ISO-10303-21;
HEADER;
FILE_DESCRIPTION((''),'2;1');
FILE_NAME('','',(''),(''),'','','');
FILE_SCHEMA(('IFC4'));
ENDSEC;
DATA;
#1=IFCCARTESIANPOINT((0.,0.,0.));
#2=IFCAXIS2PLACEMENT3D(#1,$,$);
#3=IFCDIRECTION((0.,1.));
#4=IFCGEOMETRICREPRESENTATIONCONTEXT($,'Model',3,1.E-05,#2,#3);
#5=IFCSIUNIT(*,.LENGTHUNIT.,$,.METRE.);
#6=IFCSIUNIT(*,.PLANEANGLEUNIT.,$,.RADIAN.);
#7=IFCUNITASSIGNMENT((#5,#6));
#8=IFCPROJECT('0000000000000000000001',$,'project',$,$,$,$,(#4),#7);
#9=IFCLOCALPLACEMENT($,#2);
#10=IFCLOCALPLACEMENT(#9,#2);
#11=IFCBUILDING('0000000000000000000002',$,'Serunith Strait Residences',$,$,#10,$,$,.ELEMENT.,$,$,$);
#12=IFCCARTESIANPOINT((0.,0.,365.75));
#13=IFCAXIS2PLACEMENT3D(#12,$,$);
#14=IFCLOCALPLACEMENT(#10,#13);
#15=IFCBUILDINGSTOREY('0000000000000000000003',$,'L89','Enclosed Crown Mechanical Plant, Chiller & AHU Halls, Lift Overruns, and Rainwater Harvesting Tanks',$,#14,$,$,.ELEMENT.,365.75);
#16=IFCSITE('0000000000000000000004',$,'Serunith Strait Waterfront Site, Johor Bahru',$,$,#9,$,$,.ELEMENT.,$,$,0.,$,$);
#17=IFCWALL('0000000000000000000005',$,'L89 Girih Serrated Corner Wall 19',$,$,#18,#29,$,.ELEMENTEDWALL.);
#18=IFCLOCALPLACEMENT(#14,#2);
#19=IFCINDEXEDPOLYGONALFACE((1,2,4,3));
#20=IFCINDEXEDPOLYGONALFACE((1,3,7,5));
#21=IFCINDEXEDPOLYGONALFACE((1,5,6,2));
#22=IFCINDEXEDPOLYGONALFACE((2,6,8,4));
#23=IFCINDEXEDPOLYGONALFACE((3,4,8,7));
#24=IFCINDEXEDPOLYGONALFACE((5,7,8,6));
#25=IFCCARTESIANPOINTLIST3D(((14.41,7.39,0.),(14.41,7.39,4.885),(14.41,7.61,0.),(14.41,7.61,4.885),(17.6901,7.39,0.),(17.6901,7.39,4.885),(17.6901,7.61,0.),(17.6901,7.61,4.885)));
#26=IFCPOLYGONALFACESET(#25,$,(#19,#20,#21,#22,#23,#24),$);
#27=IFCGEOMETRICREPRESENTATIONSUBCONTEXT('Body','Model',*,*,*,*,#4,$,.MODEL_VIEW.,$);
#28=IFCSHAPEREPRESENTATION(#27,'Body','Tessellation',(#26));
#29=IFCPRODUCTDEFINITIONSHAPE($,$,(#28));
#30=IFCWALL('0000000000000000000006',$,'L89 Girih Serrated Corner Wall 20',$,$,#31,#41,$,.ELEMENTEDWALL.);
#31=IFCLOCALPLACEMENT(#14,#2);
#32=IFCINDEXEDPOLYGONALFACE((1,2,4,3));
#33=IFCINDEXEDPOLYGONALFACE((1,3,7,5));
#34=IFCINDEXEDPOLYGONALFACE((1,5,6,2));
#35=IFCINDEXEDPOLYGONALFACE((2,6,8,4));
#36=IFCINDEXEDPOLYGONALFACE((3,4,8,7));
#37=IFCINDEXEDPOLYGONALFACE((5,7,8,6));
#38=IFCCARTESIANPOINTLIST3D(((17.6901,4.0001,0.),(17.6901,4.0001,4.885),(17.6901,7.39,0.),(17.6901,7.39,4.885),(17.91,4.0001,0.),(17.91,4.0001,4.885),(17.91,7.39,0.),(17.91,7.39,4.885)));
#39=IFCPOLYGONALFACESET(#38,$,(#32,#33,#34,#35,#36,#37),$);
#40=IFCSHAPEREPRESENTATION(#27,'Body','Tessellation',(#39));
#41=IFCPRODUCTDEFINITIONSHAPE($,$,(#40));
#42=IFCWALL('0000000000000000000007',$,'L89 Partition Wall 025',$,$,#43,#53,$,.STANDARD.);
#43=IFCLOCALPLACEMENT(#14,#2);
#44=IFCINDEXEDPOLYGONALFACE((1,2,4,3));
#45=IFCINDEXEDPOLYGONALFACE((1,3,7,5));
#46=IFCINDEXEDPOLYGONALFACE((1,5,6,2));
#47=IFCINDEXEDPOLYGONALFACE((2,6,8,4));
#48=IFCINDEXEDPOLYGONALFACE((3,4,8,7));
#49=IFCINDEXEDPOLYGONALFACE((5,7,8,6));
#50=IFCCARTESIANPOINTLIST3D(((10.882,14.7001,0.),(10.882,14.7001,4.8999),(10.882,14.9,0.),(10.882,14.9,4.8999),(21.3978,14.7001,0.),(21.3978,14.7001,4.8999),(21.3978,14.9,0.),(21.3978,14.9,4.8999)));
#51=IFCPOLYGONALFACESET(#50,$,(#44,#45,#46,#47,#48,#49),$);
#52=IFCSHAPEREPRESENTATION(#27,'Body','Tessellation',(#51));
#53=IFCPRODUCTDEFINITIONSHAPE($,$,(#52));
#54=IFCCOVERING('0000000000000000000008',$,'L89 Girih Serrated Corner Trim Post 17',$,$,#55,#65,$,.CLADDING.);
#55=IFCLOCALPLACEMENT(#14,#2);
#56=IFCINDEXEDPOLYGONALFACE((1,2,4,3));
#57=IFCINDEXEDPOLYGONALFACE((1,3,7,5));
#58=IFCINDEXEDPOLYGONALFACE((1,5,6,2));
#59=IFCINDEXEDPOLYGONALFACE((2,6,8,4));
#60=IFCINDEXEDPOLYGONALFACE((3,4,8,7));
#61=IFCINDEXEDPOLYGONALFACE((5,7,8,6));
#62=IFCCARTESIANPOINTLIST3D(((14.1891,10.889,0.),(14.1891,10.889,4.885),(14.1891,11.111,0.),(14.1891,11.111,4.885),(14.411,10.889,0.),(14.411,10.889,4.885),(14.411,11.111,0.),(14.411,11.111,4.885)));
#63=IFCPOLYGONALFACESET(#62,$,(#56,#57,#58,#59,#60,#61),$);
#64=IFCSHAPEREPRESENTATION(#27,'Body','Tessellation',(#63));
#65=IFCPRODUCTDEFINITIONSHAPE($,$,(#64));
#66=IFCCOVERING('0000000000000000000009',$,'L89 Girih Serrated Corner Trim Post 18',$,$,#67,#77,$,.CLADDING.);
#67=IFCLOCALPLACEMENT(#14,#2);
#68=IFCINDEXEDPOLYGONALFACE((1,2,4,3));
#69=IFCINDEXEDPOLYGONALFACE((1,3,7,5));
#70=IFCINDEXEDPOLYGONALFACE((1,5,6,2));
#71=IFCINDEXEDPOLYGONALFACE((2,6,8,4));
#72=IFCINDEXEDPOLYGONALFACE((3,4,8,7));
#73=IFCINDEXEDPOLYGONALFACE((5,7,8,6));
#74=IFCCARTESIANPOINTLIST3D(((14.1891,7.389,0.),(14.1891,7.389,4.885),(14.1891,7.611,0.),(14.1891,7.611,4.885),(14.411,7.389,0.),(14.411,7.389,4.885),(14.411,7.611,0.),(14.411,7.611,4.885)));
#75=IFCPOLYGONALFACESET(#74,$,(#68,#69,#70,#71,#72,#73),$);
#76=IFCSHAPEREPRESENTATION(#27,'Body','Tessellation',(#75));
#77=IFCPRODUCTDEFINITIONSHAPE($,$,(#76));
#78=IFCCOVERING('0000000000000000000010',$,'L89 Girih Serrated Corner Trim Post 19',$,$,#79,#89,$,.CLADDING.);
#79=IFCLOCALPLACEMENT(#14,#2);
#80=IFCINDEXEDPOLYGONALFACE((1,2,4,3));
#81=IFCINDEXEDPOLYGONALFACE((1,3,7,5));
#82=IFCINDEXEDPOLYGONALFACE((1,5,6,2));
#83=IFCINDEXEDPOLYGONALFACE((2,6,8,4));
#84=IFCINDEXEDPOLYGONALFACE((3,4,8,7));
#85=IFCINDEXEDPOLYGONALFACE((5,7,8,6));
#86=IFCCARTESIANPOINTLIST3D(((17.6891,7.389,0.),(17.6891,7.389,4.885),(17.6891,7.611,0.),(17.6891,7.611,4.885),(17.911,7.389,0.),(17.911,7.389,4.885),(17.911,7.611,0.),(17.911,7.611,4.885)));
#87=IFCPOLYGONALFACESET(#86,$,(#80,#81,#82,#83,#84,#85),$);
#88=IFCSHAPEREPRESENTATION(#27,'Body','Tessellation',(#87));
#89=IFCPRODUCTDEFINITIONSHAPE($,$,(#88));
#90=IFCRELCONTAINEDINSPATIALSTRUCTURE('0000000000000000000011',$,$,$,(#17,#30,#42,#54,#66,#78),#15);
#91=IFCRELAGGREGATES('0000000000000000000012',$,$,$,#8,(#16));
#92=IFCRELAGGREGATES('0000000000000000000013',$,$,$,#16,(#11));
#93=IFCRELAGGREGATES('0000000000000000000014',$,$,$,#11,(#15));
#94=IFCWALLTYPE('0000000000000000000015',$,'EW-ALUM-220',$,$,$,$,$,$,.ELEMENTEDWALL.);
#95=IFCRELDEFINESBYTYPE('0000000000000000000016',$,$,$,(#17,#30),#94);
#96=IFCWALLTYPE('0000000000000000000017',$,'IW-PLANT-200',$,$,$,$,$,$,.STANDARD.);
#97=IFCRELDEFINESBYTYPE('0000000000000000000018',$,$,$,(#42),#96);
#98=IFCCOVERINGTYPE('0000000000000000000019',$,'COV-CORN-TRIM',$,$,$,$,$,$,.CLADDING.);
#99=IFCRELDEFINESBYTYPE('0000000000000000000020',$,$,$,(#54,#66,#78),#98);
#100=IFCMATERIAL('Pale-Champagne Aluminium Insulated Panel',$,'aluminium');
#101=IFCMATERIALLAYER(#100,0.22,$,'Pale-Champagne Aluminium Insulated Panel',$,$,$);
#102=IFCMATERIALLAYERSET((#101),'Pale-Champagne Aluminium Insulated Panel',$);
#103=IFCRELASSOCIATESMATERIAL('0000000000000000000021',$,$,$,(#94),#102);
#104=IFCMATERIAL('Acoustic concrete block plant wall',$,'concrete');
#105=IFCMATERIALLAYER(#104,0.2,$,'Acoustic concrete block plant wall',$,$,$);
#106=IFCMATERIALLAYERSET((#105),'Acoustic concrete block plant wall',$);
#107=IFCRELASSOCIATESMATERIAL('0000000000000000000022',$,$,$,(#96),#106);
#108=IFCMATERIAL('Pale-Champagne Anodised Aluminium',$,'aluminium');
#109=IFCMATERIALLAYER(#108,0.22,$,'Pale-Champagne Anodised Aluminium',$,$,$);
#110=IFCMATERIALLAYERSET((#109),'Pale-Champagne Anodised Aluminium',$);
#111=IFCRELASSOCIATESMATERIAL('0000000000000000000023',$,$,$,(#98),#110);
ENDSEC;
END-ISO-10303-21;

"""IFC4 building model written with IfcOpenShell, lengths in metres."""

from ifc_helpers import new_model, si_unit, direction, frame, frame_2d, origin, origin_2d, place, context, subcontext, project, spatial, rectangle, extrude, source, transform, mapped, material, layer, layer_set, type_object, element, save


model = new_model("IFC4")

# Units and contexts
model_context = context("Model", 3, precision=1e-05, world=origin(), true_north=direction((0.0, 1.0)))
body_context = subcontext(model_context, "Body", "Model", "MODEL_VIEW")
ifc_project = project(units=[si_unit("LENGTHUNIT", "METRE"), si_unit("PLANEANGLEUNIT", "RADIAN")], contexts=[model_context])

# Site, building, storey
site_placement = place(None, origin())
site = spatial("IfcSite", under=ifc_project, at=site_placement, Name="Serunith Strait Waterfront Site, Johor Bahru", CompositionType="ELEMENT", RefElevation=0.0)
building_placement = place(site_placement, origin())
building = spatial("IfcBuilding", under=site, at=building_placement, Name="Serunith Strait Residences", CompositionType="ELEMENT")
storey_placement = place(building_placement, frame((0.0, 0.0, 365.75)))
storey = spatial("IfcBuildingStorey", under=building, at=storey_placement, Name="L89", Description="Enclosed Crown Mechanical Plant, Chiller & AHU Halls, Lift Overruns, and Rainwater Harvesting Tanks", CompositionType="ELEMENT", Elevation=365.75)

# Walls
ifc_material_1 = material(Name="Pale-Champagne Aluminium Insulated Panel", Category="aluminium")
ifc_layer_1 = layer(ifc_material_1, 0.22, Name="Pale-Champagne Aluminium Insulated Panel")
ifc_layer_set_1 = layer_set([ifc_layer_1], Name="Pale-Champagne Aluminium Insulated Panel")
wall_type_1 = type_object("IfcWallType", Name="EW-ALUM-220", PredefinedType="ELEMENTEDWALL", material=ifc_layer_set_1)
wall_1_placement = place(storey_placement, frame((14.4099, 7.5, 0.0), z_axis=(0.0, 0.0, 1.0), x_axis=(1.0, 0.0, 0.0)))
element("IfcWall", 1, at=wall_1_placement, inside=storey, type_object=wall_type_1, Name="L89 Girih Serrated Corner Wall 19", PredefinedType="ELEMENTEDWALL", context=body_context, shape_type="SweptSolid", body=[
    extrude(rectangle(XDim=3.28, YDim=0.22, at=frame_2d((1.6401, 0.0))), origin(), (0.0, 0.0, 1.0), 4.885),
])
wall_2_placement = place(storey_placement, frame((17.8, 7.3899, 0.0), z_axis=(0.0, 0.0, 1.0), x_axis=(0.0, -1.0, 0.0)))
element("IfcWall", 2, at=wall_2_placement, inside=storey, type_object=wall_type_1, Name="L89 Girih Serrated Corner Wall 20", PredefinedType="ELEMENTEDWALL", context=body_context, shape_type="SweptSolid", body=[
    extrude(rectangle(XDim=3.3899, YDim=0.22, at=frame_2d((1.6948, 0.0))), origin(), (0.0, 0.0, 1.0), 4.885),
])
ifc_material_2 = material(Name="Acoustic concrete block plant wall", Category="concrete")
ifc_layer_2 = layer(ifc_material_2, 0.2, Name="Acoustic concrete block plant wall")
ifc_layer_set_2 = layer_set([ifc_layer_2], Name="Acoustic concrete block plant wall")
wall_type_2 = type_object("IfcWallType", Name="IW-PLANT-200", PredefinedType="STANDARD", material=ifc_layer_set_2)
wall_3_placement = place(storey_placement, frame((10.8821, 14.8, 0.0), z_axis=(0.0, 0.0, 1.0), x_axis=(1.0, 0.0, 0.0)))
element("IfcWall", 3, at=wall_3_placement, inside=storey, type_object=wall_type_2, Name="L89 Partition Wall 025", PredefinedType="STANDARD", context=body_context, shape_type="SweptSolid", body=[
    extrude(rectangle(XDim=10.5159, YDim=0.2, at=frame_2d((5.2578, 0.0))), origin(), (0.0, 0.0, 1.0), 4.8999),
])

# Coverings
ifc_material_3 = material(Name="Pale-Champagne Anodised Aluminium", Category="aluminium")
ifc_layer_3 = layer(ifc_material_3, 0.22, Name="Pale-Champagne Anodised Aluminium")
ifc_layer_set_3 = layer_set([ifc_layer_3], Name="Pale-Champagne Anodised Aluminium")
covering_type = type_object("IfcCoveringType", Name="COV-CORN-TRIM", PredefinedType="CLADDING", material=ifc_layer_set_3)
shared_shape_1 = source(origin(), body_context, "Body", "SweptSolid", [
    extrude(rectangle(XDim=0.2219, YDim=0.2219, at=origin_2d()), origin(), (0.0, 0.0, 1.0), 4.885),
])
for number, where, z_axis, x_axis, name in (
    (4, (14.3, 11.0, 0.0), (0.0, 0.0, 1.0), (1.0, 0.0, 0.0), "L89 Girih Serrated Corner Trim Post 17"),
    (5, (14.3, 7.5, 0.0), (0.0, 0.0, 1.0), (1.0, 0.0, 0.0), "L89 Girih Serrated Corner Trim Post 18"),
    (6, (17.8, 7.5, 0.0), (0.0, 0.0, 1.0), (1.0, 0.0, 0.0), "L89 Girih Serrated Corner Trim Post 19"),
):
    element("IfcCovering", number, at=place(storey_placement, frame(where, z_axis=z_axis, x_axis=x_axis)), inside=storey, type_object=covering_type, Name=name, PredefinedType="CLADDING", context=body_context, shape_type="MappedRepresentation", body=[
        mapped(shared_shape_1, transform((0.0, 0.0, 0.0), scale=1.0)),
    ])

save(model, "model.ifc")
